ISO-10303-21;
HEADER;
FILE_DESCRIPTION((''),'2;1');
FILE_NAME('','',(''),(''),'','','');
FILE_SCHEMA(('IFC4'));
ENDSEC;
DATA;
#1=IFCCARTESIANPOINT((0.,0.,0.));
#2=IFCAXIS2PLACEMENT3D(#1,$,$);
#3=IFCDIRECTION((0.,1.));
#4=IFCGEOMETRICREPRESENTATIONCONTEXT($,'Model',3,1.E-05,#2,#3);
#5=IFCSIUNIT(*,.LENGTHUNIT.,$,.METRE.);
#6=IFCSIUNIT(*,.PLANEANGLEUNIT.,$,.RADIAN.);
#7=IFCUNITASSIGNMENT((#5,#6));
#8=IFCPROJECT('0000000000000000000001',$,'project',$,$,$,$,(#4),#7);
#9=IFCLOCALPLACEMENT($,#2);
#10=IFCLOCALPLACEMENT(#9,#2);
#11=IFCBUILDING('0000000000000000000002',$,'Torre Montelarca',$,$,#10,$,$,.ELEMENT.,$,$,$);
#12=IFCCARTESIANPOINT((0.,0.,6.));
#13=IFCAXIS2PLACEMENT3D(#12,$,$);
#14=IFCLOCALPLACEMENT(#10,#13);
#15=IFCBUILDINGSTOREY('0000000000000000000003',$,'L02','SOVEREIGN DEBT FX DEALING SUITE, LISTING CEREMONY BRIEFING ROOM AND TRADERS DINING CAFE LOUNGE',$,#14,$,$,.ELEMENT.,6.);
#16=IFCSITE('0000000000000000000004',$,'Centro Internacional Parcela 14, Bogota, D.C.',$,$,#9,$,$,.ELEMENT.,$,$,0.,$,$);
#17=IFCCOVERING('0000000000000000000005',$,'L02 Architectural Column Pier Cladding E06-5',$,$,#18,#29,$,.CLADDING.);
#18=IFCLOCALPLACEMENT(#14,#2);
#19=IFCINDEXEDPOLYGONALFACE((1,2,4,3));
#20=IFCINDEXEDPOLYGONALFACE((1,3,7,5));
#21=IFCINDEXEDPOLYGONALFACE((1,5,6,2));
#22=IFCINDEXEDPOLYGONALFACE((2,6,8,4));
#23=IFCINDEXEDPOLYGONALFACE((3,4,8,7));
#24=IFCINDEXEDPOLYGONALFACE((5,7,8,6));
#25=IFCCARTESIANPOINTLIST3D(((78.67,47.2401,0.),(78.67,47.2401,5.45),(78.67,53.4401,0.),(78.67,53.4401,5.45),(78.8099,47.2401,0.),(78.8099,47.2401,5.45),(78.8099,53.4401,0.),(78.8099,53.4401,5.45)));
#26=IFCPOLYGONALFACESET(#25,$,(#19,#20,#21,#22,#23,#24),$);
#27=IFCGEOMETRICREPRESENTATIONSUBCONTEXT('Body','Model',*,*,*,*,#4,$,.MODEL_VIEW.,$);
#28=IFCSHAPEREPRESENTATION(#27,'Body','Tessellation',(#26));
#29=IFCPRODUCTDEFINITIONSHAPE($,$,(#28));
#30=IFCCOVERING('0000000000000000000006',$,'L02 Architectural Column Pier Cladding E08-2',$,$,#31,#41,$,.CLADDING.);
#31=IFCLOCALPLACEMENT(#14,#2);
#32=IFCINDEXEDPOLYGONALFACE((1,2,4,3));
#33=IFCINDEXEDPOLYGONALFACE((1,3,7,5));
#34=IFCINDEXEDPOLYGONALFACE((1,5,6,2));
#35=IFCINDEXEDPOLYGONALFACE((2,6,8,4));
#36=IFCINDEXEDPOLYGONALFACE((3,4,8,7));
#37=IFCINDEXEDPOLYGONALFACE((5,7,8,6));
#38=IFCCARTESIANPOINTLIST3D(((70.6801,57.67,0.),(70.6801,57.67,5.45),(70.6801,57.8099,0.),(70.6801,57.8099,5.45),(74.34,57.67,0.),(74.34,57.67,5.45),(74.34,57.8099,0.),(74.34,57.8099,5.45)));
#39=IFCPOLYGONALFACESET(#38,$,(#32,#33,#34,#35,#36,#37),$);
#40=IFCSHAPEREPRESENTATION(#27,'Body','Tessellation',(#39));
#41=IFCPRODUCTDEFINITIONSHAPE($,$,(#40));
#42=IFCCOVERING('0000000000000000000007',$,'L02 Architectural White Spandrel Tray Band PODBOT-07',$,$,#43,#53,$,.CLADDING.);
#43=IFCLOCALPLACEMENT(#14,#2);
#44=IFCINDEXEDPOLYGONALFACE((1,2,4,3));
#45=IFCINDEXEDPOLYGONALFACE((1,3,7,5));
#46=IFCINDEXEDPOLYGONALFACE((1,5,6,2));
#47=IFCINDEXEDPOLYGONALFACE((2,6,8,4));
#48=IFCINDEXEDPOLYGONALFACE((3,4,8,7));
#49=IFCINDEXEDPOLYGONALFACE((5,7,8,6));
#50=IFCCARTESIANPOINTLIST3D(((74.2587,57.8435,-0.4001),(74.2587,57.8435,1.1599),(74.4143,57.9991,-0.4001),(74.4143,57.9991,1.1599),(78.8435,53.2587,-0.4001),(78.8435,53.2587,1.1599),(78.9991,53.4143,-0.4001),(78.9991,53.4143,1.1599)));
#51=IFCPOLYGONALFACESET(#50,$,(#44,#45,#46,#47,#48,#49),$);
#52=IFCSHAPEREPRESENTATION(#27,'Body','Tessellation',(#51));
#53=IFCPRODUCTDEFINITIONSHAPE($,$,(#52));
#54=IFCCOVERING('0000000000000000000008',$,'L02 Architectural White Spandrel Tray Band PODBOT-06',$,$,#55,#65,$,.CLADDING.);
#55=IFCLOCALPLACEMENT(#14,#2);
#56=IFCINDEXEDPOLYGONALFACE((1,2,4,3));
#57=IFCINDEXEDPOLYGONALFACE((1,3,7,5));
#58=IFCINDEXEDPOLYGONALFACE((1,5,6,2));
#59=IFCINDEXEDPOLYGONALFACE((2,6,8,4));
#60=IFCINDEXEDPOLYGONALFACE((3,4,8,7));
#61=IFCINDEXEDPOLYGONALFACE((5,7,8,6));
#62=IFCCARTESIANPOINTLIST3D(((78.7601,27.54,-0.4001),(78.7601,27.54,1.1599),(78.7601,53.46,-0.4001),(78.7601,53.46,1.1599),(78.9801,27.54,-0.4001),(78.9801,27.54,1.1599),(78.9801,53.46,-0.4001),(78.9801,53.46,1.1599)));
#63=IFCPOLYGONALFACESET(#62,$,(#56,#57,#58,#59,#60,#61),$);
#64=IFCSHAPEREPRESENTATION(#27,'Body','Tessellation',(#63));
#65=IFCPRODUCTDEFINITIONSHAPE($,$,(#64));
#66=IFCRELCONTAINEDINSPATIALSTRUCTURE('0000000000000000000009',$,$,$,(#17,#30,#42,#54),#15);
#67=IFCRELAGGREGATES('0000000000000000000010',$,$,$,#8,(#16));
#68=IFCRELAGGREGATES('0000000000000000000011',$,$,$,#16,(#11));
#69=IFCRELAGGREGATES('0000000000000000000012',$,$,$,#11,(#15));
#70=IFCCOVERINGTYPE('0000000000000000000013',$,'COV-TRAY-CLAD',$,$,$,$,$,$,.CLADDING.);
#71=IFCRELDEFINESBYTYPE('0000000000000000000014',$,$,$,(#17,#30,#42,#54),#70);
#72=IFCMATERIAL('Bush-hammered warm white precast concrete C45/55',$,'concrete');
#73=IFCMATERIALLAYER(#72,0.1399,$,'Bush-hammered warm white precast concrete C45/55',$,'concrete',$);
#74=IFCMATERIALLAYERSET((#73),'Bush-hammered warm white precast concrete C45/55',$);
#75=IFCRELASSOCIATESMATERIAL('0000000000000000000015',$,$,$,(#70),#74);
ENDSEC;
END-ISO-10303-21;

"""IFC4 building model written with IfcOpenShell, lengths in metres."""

from ifc_helpers import new_model, si_unit, direction, frame, origin, origin_2d, place, context, subcontext, project, spatial, rectangle, extrude, source, transform, mapped, material, layer, layer_set, type_object, element, save


model = new_model("IFC4")

# Units and contexts
model_context = context("Model", 3, precision=1e-05, world=origin(), true_north=direction((0.0, 1.0)))
body_context = subcontext(model_context, "Body", "Model", "MODEL_VIEW")
ifc_project = project(units=[si_unit("LENGTHUNIT", "METRE"), si_unit("PLANEANGLEUNIT", "RADIAN")], contexts=[model_context])

# Site, building, storey
site_placement = place(None, origin())
site = spatial("IfcSite", under=ifc_project, at=site_placement, Name="Centro Internacional Parcela 14, Bogota, D.C.", CompositionType="ELEMENT", RefElevation=0.0)
building_placement = place(site_placement, origin())
building = spatial("IfcBuilding", under=site, at=building_placement, Name="Torre Montelarca", CompositionType="ELEMENT")
storey_placement = place(building_placement, frame((0.0, 0.0, 6.0)))
storey = spatial("IfcBuildingStorey", under=building, at=storey_placement, Name="L02", Description="SOVEREIGN DEBT FX DEALING SUITE, LISTING CEREMONY BRIEFING ROOM AND TRADERS DINING CAFE LOUNGE", CompositionType="ELEMENT", Elevation=6.0)

# Coverings
ifc_material_1 = material(Name="Bush-hammered warm white precast concrete C45/55", Category="concrete")
ifc_layer_1 = layer(ifc_material_1, 0.1399, Name="Bush-hammered warm white precast concrete C45/55", Category="concrete")
ifc_layer_set_1 = layer_set([ifc_layer_1], Name="Bush-hammered warm white precast concrete C45/55")
covering_type = type_object("IfcCoveringType", Name="COV-TRAY-CLAD", PredefinedType="CLADDING", material=ifc_layer_set_1)
shared_shape_1 = source(origin(), body_context, "Body", "SweptSolid", [
    extrude(rectangle(XDim=6.2, YDim=0.1399, at=origin_2d()), origin(), (0.0, 0.0, 1.0), 5.45),
])
covering_1_placement = place(storey_placement, frame((78.74, 50.3401, 0.0), z_axis=(0.0, 0.0, 1.0), x_axis=(0.0, 1.0, 0.0)))
element("IfcCovering", 1, at=covering_1_placement, inside=storey, type_object=covering_type, Name="L02 Architectural Column Pier Cladding E06-5", PredefinedType="CLADDING", context=body_context, shape_type="MappedRepresentation", body=[
    mapped(shared_shape_1, transform((0.0, 0.0, 0.0), scale=1.0)),
])
shared_shape_2 = source(origin(), body_context, "Body", "SweptSolid", [
    extrude(rectangle(XDim=3.6599, YDim=0.1399, at=origin_2d()), origin(), (0.0, 0.0, 1.0), 5.45),
])
covering_2_placement = place(storey_placement, frame((72.51, 57.74, 0.0), z_axis=(0.0, 0.0, 1.0), x_axis=(-1.0, 0.0, 0.0)))
element("IfcCovering", 2, at=covering_2_placement, inside=storey, type_object=covering_type, Name="L02 Architectural Column Pier Cladding E08-2", PredefinedType="CLADDING", context=body_context, shape_type="MappedRepresentation", body=[
    mapped(shared_shape_2, transform((0.0, 0.0, 0.0), scale=1.0)),
])
shared_shape_3 = source(origin(), body_context, "Body", "SweptSolid", [
    extrude(rectangle(XDim=6.4839, YDim=0.22, at=origin_2d()), origin(), (0.0, 0.0, 1.0), 1.5601),
])
covering_3_placement = place(storey_placement, frame((76.6289, 55.6289, -0.4001), z_axis=(0.0, 0.0, 1.0), x_axis=(-0.707107, 0.707107, 0.0)))
element("IfcCovering", 3, at=covering_3_placement, inside=storey, type_object=covering_type, Name="L02 Architectural White Spandrel Tray Band PODBOT-07", PredefinedType="CLADDING", context=body_context, shape_type="MappedRepresentation", body=[
    mapped(shared_shape_3, transform((0.0, 0.0, 0.0), scale=1.0)),
])
shared_shape_4 = source(origin(), body_context, "Body", "SweptSolid", [
    extrude(rectangle(XDim=25.9199, YDim=0.22, at=origin_2d()), origin(), (0.0, 0.0, 1.0), 1.5601),
])
covering_4_placement = place(storey_placement, frame((78.8701, 40.5, -0.4001), z_axis=(0.0, 0.0, 1.0), x_axis=(0.0, 1.0, 0.0)))
element("IfcCovering", 4, at=covering_4_placement, inside=storey, type_object=covering_type, Name="L02 Architectural White Spandrel Tray Band PODBOT-06", PredefinedType="CLADDING", context=body_context, shape_type="MappedRepresentation", body=[
    mapped(shared_shape_4, transform((0.0, 0.0, 0.0), scale=1.0)),
])

save(model, "model.ifc")
